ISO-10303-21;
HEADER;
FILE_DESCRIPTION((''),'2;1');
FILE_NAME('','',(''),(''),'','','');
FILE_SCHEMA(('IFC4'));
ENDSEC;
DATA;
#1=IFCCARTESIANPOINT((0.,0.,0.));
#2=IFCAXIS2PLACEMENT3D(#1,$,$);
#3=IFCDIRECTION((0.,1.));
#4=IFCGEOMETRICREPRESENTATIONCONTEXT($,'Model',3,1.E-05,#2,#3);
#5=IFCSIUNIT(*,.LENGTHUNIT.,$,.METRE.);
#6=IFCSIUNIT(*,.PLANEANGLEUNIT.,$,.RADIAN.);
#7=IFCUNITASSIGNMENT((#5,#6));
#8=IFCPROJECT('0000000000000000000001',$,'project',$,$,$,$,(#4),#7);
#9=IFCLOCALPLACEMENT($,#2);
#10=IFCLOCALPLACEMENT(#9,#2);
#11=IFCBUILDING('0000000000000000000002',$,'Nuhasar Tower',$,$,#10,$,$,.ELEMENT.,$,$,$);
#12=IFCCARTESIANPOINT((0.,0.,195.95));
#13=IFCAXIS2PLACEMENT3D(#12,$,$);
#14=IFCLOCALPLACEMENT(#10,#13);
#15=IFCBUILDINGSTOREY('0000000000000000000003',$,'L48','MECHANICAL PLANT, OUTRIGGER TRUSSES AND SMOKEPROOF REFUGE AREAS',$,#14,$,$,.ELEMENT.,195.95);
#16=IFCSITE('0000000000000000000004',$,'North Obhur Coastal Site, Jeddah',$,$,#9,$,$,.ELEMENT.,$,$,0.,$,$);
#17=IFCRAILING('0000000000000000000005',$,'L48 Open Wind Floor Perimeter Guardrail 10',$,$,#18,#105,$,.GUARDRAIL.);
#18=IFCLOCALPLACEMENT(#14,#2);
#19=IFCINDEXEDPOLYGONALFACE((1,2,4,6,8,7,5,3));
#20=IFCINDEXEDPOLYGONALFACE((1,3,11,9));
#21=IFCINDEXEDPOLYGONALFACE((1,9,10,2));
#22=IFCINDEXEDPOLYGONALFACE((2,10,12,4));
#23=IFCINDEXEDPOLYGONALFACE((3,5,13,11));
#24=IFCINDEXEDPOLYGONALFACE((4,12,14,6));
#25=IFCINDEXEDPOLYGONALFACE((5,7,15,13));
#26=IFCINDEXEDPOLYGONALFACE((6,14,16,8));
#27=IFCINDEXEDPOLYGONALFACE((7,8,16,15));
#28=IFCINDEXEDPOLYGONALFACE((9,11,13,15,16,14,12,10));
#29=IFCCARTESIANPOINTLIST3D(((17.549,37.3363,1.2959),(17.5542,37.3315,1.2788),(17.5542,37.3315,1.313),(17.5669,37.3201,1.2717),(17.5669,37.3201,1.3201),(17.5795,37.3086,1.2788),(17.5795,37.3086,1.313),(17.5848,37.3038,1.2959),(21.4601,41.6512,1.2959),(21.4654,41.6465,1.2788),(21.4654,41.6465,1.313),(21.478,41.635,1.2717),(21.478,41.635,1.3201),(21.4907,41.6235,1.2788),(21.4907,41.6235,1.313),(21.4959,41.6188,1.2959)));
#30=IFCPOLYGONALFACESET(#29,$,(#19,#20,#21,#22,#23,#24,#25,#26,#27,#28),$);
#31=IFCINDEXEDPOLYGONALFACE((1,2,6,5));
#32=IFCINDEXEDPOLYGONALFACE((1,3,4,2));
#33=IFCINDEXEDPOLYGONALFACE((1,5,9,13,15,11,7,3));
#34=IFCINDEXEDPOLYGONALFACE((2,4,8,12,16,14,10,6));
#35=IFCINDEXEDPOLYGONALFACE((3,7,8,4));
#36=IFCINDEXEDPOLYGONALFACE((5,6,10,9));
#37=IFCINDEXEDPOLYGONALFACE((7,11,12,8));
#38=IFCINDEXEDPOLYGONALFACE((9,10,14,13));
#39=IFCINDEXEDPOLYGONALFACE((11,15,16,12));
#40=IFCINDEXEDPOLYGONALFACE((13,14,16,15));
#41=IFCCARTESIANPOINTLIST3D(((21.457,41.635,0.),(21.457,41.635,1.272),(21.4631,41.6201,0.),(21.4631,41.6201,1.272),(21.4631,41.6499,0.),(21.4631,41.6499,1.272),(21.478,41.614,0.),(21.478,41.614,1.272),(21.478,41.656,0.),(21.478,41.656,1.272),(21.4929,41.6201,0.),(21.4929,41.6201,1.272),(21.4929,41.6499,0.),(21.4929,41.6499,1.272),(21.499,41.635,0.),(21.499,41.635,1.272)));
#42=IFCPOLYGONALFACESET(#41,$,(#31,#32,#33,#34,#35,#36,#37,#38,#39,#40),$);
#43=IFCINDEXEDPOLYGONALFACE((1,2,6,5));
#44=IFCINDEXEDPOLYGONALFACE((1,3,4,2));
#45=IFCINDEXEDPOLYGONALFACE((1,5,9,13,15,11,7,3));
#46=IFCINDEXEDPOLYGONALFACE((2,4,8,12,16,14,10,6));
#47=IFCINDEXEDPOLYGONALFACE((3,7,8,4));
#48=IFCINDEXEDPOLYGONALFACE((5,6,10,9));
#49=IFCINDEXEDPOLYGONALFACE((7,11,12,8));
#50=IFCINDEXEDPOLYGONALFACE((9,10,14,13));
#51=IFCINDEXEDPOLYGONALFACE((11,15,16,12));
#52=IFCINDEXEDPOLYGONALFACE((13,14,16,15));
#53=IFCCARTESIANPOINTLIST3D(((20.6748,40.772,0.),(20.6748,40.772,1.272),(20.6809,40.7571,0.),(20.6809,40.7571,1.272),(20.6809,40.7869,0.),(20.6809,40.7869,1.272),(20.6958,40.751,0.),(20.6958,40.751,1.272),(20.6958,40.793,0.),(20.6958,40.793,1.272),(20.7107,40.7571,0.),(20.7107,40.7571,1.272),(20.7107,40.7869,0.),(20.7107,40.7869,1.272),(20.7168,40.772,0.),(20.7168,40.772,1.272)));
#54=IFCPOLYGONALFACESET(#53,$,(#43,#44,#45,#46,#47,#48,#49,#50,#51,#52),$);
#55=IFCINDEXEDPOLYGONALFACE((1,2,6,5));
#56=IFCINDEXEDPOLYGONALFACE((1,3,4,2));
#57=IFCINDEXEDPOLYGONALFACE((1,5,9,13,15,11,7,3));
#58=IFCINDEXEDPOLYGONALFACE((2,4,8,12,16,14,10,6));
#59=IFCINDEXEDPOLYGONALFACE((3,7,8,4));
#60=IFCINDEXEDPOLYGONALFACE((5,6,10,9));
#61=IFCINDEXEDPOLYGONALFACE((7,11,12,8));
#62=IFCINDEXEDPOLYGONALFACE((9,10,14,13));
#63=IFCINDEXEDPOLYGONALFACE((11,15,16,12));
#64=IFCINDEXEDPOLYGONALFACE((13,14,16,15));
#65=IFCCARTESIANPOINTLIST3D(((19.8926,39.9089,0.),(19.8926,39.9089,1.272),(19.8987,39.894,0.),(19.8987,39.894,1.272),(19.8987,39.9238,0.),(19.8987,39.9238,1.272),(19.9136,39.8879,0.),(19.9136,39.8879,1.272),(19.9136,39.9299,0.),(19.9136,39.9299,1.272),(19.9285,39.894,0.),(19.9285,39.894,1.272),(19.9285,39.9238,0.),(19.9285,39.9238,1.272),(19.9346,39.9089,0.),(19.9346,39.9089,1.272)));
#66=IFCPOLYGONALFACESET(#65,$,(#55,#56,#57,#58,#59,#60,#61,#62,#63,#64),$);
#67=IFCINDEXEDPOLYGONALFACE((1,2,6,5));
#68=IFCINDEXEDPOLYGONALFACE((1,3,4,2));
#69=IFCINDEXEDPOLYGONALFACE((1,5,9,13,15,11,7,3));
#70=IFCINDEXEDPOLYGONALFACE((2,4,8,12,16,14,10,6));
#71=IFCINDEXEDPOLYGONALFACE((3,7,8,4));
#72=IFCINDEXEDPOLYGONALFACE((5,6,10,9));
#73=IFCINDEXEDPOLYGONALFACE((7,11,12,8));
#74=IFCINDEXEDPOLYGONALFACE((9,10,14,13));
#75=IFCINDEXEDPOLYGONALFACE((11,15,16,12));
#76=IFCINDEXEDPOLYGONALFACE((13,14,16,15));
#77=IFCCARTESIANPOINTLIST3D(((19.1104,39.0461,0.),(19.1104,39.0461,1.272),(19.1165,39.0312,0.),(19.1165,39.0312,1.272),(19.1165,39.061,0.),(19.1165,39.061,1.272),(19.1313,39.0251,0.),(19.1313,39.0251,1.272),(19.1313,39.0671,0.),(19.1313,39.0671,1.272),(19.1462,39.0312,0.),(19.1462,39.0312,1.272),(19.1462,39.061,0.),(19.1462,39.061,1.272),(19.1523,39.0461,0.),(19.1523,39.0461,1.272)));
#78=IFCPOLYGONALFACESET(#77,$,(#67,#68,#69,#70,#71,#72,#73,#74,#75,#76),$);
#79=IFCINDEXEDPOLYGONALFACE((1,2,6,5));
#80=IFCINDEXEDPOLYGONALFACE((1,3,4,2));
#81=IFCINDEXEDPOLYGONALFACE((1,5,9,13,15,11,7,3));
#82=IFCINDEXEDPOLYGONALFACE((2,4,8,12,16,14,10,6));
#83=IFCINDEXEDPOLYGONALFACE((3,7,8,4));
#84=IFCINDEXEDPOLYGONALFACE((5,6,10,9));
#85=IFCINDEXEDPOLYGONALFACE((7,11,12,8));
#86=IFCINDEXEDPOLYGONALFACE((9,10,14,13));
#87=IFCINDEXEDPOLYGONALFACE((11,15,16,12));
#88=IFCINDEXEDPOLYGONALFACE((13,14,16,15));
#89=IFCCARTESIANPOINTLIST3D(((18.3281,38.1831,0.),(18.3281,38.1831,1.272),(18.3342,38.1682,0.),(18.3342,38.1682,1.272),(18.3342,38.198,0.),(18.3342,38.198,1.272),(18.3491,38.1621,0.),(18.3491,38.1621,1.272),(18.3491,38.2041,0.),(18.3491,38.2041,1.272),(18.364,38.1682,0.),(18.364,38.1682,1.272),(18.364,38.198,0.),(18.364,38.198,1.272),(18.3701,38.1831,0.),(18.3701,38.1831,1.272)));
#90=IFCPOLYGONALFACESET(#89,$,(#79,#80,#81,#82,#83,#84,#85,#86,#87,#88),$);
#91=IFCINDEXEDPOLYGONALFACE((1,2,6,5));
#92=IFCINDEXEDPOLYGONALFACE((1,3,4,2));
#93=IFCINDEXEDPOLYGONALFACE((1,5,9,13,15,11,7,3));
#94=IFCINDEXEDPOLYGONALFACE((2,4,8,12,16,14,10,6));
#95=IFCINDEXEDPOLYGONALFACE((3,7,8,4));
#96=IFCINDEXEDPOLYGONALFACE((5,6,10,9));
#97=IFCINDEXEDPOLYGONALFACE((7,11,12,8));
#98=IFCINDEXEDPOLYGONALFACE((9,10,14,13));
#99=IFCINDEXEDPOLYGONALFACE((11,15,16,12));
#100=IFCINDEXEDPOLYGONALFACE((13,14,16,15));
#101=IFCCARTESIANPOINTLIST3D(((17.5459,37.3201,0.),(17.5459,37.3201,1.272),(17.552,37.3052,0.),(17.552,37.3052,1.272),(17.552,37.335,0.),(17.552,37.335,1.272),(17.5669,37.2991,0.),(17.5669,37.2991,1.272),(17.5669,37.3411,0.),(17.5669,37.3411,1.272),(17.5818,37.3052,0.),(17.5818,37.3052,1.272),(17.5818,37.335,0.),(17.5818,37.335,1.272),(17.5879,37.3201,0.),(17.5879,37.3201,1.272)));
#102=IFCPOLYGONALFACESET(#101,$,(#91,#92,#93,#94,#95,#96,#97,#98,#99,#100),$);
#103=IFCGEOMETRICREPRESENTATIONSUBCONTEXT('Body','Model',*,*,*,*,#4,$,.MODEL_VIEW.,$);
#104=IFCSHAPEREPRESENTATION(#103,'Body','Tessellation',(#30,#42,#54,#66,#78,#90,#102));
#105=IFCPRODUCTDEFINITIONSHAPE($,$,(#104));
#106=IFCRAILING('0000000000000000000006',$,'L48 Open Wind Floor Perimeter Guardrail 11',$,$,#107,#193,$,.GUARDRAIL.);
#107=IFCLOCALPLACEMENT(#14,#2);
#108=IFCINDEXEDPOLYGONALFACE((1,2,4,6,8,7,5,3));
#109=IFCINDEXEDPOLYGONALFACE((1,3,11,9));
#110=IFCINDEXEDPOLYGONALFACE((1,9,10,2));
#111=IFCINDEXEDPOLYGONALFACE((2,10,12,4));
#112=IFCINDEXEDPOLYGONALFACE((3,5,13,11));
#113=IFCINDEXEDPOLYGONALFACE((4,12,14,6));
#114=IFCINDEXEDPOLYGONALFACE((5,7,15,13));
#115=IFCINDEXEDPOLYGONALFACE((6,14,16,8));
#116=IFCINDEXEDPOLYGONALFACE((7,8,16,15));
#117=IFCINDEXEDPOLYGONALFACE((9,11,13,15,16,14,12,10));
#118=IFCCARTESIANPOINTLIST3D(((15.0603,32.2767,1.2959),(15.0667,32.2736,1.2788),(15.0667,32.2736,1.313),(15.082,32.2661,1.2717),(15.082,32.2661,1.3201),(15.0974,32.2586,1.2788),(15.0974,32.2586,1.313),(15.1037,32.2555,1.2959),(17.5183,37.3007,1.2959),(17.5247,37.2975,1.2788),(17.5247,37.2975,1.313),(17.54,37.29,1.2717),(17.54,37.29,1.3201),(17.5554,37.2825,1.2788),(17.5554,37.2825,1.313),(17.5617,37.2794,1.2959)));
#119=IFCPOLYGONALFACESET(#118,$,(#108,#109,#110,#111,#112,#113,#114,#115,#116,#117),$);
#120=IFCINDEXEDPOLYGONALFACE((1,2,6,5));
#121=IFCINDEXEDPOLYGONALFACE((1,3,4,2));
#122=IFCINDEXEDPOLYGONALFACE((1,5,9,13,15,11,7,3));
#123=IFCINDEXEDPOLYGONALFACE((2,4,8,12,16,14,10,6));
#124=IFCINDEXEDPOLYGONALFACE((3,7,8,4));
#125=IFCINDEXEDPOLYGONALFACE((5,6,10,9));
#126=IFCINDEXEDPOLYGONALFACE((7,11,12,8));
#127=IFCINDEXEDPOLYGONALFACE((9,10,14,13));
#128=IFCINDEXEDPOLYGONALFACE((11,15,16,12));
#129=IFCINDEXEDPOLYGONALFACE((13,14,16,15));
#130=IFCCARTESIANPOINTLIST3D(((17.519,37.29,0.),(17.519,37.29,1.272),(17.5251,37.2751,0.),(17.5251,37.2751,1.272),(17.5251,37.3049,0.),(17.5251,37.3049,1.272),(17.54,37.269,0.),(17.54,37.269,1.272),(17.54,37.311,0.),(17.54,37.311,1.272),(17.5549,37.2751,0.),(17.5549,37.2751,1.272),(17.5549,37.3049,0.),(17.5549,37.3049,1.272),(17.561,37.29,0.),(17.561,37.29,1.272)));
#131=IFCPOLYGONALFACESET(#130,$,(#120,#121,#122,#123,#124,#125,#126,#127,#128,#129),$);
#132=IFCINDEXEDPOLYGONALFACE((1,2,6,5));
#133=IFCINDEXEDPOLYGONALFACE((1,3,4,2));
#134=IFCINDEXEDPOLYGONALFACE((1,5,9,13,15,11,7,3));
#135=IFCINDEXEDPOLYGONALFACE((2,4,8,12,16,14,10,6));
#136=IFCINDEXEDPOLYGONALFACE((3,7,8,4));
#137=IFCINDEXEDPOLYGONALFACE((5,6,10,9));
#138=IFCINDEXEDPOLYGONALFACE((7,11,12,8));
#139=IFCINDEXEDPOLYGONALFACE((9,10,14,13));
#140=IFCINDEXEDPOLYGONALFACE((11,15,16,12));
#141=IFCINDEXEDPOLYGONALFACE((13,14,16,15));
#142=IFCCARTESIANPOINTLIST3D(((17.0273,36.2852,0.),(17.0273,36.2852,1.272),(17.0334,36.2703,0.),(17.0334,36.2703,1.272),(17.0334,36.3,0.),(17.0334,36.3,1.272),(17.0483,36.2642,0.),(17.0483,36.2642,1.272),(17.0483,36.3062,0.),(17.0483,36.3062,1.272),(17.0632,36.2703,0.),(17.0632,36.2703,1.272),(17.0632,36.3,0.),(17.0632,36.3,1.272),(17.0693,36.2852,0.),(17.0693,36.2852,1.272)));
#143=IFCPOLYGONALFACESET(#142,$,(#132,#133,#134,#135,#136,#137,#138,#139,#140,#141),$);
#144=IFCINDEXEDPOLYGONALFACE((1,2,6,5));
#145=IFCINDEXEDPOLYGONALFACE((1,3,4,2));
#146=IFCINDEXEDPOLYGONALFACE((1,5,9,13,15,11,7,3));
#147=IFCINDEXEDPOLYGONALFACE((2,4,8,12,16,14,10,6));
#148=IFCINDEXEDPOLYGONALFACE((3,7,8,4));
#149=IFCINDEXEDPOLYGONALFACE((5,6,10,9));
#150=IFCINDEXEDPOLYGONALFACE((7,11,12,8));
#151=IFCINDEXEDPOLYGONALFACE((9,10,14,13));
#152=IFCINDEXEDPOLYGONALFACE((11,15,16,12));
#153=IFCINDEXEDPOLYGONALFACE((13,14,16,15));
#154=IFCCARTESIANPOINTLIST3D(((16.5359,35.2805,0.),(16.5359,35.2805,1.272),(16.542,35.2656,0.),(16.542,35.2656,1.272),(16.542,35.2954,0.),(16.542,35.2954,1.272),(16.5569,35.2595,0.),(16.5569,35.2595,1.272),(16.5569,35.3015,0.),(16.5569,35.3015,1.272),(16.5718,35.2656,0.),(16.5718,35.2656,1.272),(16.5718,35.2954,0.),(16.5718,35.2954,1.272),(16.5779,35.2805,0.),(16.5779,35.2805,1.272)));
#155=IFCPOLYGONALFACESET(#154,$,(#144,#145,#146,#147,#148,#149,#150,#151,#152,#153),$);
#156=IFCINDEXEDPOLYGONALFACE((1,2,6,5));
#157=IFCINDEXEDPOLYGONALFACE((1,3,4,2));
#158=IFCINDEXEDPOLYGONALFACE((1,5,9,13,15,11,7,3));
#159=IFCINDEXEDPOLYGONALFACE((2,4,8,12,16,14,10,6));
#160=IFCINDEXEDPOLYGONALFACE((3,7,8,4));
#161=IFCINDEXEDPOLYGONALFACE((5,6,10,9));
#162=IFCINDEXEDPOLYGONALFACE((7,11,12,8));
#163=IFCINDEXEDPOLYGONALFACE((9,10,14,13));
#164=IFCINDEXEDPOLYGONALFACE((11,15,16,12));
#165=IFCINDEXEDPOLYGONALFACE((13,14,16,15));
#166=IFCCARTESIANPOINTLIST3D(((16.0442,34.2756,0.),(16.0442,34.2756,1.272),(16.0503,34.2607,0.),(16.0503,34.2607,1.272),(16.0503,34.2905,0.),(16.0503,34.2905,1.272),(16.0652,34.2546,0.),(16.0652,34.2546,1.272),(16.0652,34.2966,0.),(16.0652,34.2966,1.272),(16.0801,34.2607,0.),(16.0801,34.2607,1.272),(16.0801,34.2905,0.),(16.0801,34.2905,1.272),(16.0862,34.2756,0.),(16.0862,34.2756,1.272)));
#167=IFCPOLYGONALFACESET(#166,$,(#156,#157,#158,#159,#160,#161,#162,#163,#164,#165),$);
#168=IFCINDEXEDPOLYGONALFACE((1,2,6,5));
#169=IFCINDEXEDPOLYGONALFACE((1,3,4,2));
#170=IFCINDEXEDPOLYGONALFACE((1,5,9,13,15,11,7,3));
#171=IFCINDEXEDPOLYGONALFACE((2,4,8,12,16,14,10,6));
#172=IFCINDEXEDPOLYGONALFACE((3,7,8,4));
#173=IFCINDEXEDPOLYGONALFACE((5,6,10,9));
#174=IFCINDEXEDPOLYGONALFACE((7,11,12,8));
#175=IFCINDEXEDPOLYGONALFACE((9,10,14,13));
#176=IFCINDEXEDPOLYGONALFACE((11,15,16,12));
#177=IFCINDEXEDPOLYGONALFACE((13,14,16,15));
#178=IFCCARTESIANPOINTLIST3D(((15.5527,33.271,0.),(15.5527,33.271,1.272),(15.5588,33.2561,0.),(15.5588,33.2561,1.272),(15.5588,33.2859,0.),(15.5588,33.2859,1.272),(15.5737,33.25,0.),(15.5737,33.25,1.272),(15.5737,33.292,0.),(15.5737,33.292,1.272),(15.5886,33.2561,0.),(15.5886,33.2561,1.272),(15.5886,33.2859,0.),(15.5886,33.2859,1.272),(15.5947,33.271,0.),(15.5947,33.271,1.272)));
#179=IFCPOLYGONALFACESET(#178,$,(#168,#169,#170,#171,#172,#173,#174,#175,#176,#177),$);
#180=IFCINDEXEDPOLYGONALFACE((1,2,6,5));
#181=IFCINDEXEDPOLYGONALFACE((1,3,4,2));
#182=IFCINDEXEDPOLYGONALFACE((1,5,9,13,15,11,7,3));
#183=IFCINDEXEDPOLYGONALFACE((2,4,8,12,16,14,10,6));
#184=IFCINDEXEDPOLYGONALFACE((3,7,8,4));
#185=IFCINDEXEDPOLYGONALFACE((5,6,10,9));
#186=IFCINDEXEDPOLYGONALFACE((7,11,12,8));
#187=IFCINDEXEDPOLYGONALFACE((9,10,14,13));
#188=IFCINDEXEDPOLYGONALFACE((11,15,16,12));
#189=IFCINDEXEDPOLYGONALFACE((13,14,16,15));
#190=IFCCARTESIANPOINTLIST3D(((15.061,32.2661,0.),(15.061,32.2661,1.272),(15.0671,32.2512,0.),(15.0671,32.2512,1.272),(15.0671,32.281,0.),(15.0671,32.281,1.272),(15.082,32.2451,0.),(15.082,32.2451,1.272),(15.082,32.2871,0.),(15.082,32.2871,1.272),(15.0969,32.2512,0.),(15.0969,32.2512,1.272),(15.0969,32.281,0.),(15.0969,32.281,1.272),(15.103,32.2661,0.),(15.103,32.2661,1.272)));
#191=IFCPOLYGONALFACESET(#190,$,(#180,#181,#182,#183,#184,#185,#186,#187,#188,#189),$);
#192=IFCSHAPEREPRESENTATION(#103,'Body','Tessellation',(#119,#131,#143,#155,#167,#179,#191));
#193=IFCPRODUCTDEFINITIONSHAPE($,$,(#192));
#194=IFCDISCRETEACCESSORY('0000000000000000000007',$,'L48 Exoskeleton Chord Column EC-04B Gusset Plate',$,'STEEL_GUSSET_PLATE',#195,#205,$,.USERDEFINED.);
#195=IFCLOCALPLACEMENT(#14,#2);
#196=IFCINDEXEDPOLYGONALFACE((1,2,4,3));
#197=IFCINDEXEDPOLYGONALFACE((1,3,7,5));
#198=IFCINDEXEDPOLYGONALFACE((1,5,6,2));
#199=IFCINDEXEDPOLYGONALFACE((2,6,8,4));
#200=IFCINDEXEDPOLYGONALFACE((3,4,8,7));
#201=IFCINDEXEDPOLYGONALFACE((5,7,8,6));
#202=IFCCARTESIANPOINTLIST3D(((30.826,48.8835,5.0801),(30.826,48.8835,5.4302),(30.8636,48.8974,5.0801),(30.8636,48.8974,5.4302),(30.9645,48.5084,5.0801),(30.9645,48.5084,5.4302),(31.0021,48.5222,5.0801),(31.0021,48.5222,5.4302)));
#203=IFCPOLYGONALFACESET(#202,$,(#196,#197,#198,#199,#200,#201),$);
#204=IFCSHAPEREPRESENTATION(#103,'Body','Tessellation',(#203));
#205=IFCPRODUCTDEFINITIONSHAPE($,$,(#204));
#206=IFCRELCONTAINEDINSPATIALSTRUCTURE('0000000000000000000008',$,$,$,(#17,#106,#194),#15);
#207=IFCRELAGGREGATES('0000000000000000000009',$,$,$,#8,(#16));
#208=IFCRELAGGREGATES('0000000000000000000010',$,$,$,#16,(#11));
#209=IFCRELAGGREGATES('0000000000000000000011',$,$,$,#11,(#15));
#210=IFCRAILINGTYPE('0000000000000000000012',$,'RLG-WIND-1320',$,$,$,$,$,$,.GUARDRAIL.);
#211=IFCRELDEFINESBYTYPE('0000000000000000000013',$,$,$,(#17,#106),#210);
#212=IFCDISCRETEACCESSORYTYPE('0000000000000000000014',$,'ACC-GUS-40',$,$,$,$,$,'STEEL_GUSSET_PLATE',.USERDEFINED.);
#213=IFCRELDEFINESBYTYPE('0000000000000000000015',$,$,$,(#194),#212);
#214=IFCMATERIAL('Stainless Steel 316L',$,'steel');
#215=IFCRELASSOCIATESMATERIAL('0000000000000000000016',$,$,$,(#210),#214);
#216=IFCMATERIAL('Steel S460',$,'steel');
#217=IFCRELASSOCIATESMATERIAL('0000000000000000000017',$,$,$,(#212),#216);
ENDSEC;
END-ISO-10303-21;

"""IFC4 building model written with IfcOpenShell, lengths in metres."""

from ifc_helpers import new_model, si_unit, direction, frame, origin, origin_2d, place, context, subcontext, project, spatial, polyline, rectangle, outline, extrude, material, type_object, element, save


model = new_model("IFC4")

# Units and contexts
model_context = context("Model", 3, precision=1e-05, world=origin(), true_north=direction((0.0, 1.0)))
body_context = subcontext(model_context, "Body", "Model", "MODEL_VIEW")
ifc_project = project(units=[si_unit("LENGTHUNIT", "METRE"), si_unit("PLANEANGLEUNIT", "RADIAN")], contexts=[model_context])

# Site, building, storey
site_placement = place(None, origin())
site = spatial("IfcSite", under=ifc_project, at=site_placement, Name="North Obhur Coastal Site, Jeddah", CompositionType="ELEMENT", RefElevation=0.0)
building_placement = place(site_placement, origin())
building = spatial("IfcBuilding", under=site, at=building_placement, Name="Nuhasar Tower", CompositionType="ELEMENT")
storey_placement = place(building_placement, frame((0.0, 0.0, 195.95)))
storey = spatial("IfcBuildingStorey", under=building, at=storey_placement, Name="L48", Description="MECHANICAL PLANT, OUTRIGGER TRUSSES AND SMOKEPROOF REFUGE AREAS", CompositionType="ELEMENT", Elevation=195.95)

# Shared definitions
ifc_material_1 = material(Name="Steel S460", Category="steel")

# Railings
ifc_material_2 = material(Name="Stainless Steel 316L", Category="steel")
railing_type = type_object("IfcRailingType", Name="RLG-WIND-1320", PredefinedType="GUARDRAIL", material=ifc_material_2)
railing_1_placement = place(storey_placement, frame((21.478, 41.635, 0.0)))
element("IfcRailing", 1, at=railing_1_placement, inside=storey, type_object=railing_type, Name="L48 Open Wind Floor Perimeter Guardrail 10", PredefinedType="GUARDRAIL", context=body_context, shape_type="SweptSolid", body=[
    extrude(outline(polyline([(0.0242, 0.0), (0.0171, 0.0171), (0.0, 0.0242), (-0.0171, 0.0171), (-0.0242, 0.0), (-0.0171, -0.0171), (0.0, -0.0242), (0.0171, -0.0171), (0.0242, 0.0)])), frame((0.0, 0.0, 1.2959), z_axis=(-0.671587, -0.740926, 0.0), x_axis=(0.740926, -0.671587, 0.0)), (0.0, 0.0, 1.0), 5.8237),
    extrude(outline(polyline([(0.021, 0.0), (0.0149, 0.0149), (0.0, 0.021), (-0.0149, 0.0149), (-0.021, 0.0), (-0.0149, -0.0149), (0.0, -0.021), (0.0149, -0.0149), (0.021, 0.0)])), origin(), (0.0, 0.0, 1.0), 1.272),
    extrude(outline(polyline([(0.021, 0.0), (0.0149, 0.0149), (0.0, 0.021), (-0.0149, 0.0149), (-0.021, 0.0), (-0.0149, -0.0149), (0.0, -0.021), (0.0149, -0.0149), (0.021, 0.0)])), frame((-0.7822, -0.863, 0.0)), (0.0, 0.0, 1.0), 1.272),
    extrude(outline(polyline([(0.021, 0.0), (0.0149, 0.0149), (0.0, 0.021), (-0.0149, 0.0149), (-0.021, 0.0), (-0.0149, -0.0149), (0.0, -0.021), (0.0149, -0.0149), (0.021, 0.0)])), frame((-1.5645, -1.7261, 0.0)), (0.0, 0.0, 1.0), 1.272),
    extrude(outline(polyline([(0.021, 0.0), (0.0149, 0.0149), (0.0, 0.021), (-0.0149, 0.0149), (-0.021, 0.0), (-0.0149, -0.0149), (0.0, -0.021), (0.0149, -0.0149), (0.021, 0.0)])), frame((-2.3467, -2.5889, 0.0)), (0.0, 0.0, 1.0), 1.272),
    extrude(outline(polyline([(0.021, 0.0), (0.0149, 0.0149), (0.0, 0.021), (-0.0149, 0.0149), (-0.021, 0.0), (-0.0149, -0.0149), (0.0, -0.021), (0.0149, -0.0149), (0.021, 0.0)])), frame((-3.1289, -3.4519, 0.0)), (0.0, 0.0, 1.0), 1.272),
    extrude(outline(polyline([(0.021, 0.0), (0.0149, 0.0149), (0.0, 0.021), (-0.0149, 0.0149), (-0.021, 0.0), (-0.0149, -0.0149), (0.0, -0.021), (0.0149, -0.0149), (0.021, 0.0)])), frame((-3.9111, -4.3149, 0.0)), (0.0, 0.0, 1.0), 1.272),
])
railing_2_placement = place(storey_placement, frame((17.54, 37.29, 0.0)))
element("IfcRailing", 2, at=railing_2_placement, inside=storey, type_object=railing_type, Name="L48 Open Wind Floor Perimeter Guardrail 11", PredefinedType="GUARDRAIL", context=body_context, shape_type="SweptSolid", body=[
    extrude(outline(polyline([(0.0242, 0.0), (0.0171, 0.0171), (0.0, 0.0242), (-0.0171, 0.0171), (-0.0242, 0.0), (-0.0171, -0.0171), (0.0, -0.0242), (0.0171, -0.0171), (0.0242, 0.0)])), frame((0.0, 0.0, 1.2959), z_axis=(-0.439479, -0.898253, 0.0), x_axis=(0.898253, -0.439479, 0.0)), (0.0, 0.0, 1.0), 5.593),
    extrude(outline(polyline([(0.021, 0.0), (0.0149, 0.0149), (0.0, 0.021), (-0.0149, 0.0149), (-0.021, 0.0), (-0.0149, -0.0149), (0.0, -0.021), (0.0149, -0.0149), (0.021, 0.0)])), origin(), (0.0, 0.0, 1.0), 1.272),
    extrude(outline(polyline([(0.021, 0.0), (0.0149, 0.0149), (0.0, 0.021), (-0.0149, 0.0149), (-0.021, 0.0), (-0.0149, -0.0149), (0.0, -0.021), (0.0149, -0.0149), (0.021, 0.0)])), frame((-0.4917, -1.0049, 0.0)), (0.0, 0.0, 1.0), 1.272),
    extrude(outline(polyline([(0.021, 0.0), (0.0149, 0.0149), (0.0, 0.021), (-0.0149, 0.0149), (-0.021, 0.0), (-0.0149, -0.0149), (0.0, -0.021), (0.0149, -0.0149), (0.021, 0.0)])), frame((-0.9832, -2.0095, 0.0)), (0.0, 0.0, 1.0), 1.272),
    extrude(outline(polyline([(0.021, 0.0), (0.0149, 0.0149), (0.0, 0.021), (-0.0149, 0.0149), (-0.021, 0.0), (-0.0149, -0.0149), (0.0, -0.021), (0.0149, -0.0149), (0.021, 0.0)])), frame((-1.4749, -3.0144, 0.0)), (0.0, 0.0, 1.0), 1.272),
    extrude(outline(polyline([(0.021, 0.0), (0.0149, 0.0149), (0.0, 0.021), (-0.0149, 0.0149), (-0.021, 0.0), (-0.0149, -0.0149), (0.0, -0.021), (0.0149, -0.0149), (0.021, 0.0)])), frame((-1.9663, -4.019, 0.0)), (0.0, 0.0, 1.0), 1.272),
    extrude(outline(polyline([(0.021, 0.0), (0.0149, 0.0149), (0.0, 0.021), (-0.0149, 0.0149), (-0.021, 0.0), (-0.0149, -0.0149), (0.0, -0.021), (0.0149, -0.0149), (0.021, 0.0)])), frame((-2.458, -5.0239, 0.0)), (0.0, 0.0, 1.0), 1.272),
])

# Discrete accessory
discrete_accessory_type = type_object("IfcDiscreteAccessoryType", Name="ACC-GUS-40", ElementType="STEEL_GUSSET_PLATE", PredefinedType="USERDEFINED", material=ifc_material_1)
for number, where, z_axis, x_axis, name in (
    (3, (30.9141, 48.7029, 5.0801), (0.0, 0.0, 1.0), (-0.346314, 0.938119, 0.0), "L48 Exoskeleton Chord Column EC-04B Gusset Plate"),
):
    element("IfcDiscreteAccessory", number, at=place(storey_placement, frame(where, z_axis=z_axis, x_axis=x_axis)), inside=storey, type_object=discrete_accessory_type, Name=name, ObjectType="STEEL_GUSSET_PLATE", PredefinedType="USERDEFINED", context=body_context, shape_type="SweptSolid", body=[
        extrude(rectangle(XDim=0.3999, YDim=0.04, at=origin_2d()), origin(), (0.0, 0.0, 1.0), 0.3501),
    ])

save(model, "model.ifc")
